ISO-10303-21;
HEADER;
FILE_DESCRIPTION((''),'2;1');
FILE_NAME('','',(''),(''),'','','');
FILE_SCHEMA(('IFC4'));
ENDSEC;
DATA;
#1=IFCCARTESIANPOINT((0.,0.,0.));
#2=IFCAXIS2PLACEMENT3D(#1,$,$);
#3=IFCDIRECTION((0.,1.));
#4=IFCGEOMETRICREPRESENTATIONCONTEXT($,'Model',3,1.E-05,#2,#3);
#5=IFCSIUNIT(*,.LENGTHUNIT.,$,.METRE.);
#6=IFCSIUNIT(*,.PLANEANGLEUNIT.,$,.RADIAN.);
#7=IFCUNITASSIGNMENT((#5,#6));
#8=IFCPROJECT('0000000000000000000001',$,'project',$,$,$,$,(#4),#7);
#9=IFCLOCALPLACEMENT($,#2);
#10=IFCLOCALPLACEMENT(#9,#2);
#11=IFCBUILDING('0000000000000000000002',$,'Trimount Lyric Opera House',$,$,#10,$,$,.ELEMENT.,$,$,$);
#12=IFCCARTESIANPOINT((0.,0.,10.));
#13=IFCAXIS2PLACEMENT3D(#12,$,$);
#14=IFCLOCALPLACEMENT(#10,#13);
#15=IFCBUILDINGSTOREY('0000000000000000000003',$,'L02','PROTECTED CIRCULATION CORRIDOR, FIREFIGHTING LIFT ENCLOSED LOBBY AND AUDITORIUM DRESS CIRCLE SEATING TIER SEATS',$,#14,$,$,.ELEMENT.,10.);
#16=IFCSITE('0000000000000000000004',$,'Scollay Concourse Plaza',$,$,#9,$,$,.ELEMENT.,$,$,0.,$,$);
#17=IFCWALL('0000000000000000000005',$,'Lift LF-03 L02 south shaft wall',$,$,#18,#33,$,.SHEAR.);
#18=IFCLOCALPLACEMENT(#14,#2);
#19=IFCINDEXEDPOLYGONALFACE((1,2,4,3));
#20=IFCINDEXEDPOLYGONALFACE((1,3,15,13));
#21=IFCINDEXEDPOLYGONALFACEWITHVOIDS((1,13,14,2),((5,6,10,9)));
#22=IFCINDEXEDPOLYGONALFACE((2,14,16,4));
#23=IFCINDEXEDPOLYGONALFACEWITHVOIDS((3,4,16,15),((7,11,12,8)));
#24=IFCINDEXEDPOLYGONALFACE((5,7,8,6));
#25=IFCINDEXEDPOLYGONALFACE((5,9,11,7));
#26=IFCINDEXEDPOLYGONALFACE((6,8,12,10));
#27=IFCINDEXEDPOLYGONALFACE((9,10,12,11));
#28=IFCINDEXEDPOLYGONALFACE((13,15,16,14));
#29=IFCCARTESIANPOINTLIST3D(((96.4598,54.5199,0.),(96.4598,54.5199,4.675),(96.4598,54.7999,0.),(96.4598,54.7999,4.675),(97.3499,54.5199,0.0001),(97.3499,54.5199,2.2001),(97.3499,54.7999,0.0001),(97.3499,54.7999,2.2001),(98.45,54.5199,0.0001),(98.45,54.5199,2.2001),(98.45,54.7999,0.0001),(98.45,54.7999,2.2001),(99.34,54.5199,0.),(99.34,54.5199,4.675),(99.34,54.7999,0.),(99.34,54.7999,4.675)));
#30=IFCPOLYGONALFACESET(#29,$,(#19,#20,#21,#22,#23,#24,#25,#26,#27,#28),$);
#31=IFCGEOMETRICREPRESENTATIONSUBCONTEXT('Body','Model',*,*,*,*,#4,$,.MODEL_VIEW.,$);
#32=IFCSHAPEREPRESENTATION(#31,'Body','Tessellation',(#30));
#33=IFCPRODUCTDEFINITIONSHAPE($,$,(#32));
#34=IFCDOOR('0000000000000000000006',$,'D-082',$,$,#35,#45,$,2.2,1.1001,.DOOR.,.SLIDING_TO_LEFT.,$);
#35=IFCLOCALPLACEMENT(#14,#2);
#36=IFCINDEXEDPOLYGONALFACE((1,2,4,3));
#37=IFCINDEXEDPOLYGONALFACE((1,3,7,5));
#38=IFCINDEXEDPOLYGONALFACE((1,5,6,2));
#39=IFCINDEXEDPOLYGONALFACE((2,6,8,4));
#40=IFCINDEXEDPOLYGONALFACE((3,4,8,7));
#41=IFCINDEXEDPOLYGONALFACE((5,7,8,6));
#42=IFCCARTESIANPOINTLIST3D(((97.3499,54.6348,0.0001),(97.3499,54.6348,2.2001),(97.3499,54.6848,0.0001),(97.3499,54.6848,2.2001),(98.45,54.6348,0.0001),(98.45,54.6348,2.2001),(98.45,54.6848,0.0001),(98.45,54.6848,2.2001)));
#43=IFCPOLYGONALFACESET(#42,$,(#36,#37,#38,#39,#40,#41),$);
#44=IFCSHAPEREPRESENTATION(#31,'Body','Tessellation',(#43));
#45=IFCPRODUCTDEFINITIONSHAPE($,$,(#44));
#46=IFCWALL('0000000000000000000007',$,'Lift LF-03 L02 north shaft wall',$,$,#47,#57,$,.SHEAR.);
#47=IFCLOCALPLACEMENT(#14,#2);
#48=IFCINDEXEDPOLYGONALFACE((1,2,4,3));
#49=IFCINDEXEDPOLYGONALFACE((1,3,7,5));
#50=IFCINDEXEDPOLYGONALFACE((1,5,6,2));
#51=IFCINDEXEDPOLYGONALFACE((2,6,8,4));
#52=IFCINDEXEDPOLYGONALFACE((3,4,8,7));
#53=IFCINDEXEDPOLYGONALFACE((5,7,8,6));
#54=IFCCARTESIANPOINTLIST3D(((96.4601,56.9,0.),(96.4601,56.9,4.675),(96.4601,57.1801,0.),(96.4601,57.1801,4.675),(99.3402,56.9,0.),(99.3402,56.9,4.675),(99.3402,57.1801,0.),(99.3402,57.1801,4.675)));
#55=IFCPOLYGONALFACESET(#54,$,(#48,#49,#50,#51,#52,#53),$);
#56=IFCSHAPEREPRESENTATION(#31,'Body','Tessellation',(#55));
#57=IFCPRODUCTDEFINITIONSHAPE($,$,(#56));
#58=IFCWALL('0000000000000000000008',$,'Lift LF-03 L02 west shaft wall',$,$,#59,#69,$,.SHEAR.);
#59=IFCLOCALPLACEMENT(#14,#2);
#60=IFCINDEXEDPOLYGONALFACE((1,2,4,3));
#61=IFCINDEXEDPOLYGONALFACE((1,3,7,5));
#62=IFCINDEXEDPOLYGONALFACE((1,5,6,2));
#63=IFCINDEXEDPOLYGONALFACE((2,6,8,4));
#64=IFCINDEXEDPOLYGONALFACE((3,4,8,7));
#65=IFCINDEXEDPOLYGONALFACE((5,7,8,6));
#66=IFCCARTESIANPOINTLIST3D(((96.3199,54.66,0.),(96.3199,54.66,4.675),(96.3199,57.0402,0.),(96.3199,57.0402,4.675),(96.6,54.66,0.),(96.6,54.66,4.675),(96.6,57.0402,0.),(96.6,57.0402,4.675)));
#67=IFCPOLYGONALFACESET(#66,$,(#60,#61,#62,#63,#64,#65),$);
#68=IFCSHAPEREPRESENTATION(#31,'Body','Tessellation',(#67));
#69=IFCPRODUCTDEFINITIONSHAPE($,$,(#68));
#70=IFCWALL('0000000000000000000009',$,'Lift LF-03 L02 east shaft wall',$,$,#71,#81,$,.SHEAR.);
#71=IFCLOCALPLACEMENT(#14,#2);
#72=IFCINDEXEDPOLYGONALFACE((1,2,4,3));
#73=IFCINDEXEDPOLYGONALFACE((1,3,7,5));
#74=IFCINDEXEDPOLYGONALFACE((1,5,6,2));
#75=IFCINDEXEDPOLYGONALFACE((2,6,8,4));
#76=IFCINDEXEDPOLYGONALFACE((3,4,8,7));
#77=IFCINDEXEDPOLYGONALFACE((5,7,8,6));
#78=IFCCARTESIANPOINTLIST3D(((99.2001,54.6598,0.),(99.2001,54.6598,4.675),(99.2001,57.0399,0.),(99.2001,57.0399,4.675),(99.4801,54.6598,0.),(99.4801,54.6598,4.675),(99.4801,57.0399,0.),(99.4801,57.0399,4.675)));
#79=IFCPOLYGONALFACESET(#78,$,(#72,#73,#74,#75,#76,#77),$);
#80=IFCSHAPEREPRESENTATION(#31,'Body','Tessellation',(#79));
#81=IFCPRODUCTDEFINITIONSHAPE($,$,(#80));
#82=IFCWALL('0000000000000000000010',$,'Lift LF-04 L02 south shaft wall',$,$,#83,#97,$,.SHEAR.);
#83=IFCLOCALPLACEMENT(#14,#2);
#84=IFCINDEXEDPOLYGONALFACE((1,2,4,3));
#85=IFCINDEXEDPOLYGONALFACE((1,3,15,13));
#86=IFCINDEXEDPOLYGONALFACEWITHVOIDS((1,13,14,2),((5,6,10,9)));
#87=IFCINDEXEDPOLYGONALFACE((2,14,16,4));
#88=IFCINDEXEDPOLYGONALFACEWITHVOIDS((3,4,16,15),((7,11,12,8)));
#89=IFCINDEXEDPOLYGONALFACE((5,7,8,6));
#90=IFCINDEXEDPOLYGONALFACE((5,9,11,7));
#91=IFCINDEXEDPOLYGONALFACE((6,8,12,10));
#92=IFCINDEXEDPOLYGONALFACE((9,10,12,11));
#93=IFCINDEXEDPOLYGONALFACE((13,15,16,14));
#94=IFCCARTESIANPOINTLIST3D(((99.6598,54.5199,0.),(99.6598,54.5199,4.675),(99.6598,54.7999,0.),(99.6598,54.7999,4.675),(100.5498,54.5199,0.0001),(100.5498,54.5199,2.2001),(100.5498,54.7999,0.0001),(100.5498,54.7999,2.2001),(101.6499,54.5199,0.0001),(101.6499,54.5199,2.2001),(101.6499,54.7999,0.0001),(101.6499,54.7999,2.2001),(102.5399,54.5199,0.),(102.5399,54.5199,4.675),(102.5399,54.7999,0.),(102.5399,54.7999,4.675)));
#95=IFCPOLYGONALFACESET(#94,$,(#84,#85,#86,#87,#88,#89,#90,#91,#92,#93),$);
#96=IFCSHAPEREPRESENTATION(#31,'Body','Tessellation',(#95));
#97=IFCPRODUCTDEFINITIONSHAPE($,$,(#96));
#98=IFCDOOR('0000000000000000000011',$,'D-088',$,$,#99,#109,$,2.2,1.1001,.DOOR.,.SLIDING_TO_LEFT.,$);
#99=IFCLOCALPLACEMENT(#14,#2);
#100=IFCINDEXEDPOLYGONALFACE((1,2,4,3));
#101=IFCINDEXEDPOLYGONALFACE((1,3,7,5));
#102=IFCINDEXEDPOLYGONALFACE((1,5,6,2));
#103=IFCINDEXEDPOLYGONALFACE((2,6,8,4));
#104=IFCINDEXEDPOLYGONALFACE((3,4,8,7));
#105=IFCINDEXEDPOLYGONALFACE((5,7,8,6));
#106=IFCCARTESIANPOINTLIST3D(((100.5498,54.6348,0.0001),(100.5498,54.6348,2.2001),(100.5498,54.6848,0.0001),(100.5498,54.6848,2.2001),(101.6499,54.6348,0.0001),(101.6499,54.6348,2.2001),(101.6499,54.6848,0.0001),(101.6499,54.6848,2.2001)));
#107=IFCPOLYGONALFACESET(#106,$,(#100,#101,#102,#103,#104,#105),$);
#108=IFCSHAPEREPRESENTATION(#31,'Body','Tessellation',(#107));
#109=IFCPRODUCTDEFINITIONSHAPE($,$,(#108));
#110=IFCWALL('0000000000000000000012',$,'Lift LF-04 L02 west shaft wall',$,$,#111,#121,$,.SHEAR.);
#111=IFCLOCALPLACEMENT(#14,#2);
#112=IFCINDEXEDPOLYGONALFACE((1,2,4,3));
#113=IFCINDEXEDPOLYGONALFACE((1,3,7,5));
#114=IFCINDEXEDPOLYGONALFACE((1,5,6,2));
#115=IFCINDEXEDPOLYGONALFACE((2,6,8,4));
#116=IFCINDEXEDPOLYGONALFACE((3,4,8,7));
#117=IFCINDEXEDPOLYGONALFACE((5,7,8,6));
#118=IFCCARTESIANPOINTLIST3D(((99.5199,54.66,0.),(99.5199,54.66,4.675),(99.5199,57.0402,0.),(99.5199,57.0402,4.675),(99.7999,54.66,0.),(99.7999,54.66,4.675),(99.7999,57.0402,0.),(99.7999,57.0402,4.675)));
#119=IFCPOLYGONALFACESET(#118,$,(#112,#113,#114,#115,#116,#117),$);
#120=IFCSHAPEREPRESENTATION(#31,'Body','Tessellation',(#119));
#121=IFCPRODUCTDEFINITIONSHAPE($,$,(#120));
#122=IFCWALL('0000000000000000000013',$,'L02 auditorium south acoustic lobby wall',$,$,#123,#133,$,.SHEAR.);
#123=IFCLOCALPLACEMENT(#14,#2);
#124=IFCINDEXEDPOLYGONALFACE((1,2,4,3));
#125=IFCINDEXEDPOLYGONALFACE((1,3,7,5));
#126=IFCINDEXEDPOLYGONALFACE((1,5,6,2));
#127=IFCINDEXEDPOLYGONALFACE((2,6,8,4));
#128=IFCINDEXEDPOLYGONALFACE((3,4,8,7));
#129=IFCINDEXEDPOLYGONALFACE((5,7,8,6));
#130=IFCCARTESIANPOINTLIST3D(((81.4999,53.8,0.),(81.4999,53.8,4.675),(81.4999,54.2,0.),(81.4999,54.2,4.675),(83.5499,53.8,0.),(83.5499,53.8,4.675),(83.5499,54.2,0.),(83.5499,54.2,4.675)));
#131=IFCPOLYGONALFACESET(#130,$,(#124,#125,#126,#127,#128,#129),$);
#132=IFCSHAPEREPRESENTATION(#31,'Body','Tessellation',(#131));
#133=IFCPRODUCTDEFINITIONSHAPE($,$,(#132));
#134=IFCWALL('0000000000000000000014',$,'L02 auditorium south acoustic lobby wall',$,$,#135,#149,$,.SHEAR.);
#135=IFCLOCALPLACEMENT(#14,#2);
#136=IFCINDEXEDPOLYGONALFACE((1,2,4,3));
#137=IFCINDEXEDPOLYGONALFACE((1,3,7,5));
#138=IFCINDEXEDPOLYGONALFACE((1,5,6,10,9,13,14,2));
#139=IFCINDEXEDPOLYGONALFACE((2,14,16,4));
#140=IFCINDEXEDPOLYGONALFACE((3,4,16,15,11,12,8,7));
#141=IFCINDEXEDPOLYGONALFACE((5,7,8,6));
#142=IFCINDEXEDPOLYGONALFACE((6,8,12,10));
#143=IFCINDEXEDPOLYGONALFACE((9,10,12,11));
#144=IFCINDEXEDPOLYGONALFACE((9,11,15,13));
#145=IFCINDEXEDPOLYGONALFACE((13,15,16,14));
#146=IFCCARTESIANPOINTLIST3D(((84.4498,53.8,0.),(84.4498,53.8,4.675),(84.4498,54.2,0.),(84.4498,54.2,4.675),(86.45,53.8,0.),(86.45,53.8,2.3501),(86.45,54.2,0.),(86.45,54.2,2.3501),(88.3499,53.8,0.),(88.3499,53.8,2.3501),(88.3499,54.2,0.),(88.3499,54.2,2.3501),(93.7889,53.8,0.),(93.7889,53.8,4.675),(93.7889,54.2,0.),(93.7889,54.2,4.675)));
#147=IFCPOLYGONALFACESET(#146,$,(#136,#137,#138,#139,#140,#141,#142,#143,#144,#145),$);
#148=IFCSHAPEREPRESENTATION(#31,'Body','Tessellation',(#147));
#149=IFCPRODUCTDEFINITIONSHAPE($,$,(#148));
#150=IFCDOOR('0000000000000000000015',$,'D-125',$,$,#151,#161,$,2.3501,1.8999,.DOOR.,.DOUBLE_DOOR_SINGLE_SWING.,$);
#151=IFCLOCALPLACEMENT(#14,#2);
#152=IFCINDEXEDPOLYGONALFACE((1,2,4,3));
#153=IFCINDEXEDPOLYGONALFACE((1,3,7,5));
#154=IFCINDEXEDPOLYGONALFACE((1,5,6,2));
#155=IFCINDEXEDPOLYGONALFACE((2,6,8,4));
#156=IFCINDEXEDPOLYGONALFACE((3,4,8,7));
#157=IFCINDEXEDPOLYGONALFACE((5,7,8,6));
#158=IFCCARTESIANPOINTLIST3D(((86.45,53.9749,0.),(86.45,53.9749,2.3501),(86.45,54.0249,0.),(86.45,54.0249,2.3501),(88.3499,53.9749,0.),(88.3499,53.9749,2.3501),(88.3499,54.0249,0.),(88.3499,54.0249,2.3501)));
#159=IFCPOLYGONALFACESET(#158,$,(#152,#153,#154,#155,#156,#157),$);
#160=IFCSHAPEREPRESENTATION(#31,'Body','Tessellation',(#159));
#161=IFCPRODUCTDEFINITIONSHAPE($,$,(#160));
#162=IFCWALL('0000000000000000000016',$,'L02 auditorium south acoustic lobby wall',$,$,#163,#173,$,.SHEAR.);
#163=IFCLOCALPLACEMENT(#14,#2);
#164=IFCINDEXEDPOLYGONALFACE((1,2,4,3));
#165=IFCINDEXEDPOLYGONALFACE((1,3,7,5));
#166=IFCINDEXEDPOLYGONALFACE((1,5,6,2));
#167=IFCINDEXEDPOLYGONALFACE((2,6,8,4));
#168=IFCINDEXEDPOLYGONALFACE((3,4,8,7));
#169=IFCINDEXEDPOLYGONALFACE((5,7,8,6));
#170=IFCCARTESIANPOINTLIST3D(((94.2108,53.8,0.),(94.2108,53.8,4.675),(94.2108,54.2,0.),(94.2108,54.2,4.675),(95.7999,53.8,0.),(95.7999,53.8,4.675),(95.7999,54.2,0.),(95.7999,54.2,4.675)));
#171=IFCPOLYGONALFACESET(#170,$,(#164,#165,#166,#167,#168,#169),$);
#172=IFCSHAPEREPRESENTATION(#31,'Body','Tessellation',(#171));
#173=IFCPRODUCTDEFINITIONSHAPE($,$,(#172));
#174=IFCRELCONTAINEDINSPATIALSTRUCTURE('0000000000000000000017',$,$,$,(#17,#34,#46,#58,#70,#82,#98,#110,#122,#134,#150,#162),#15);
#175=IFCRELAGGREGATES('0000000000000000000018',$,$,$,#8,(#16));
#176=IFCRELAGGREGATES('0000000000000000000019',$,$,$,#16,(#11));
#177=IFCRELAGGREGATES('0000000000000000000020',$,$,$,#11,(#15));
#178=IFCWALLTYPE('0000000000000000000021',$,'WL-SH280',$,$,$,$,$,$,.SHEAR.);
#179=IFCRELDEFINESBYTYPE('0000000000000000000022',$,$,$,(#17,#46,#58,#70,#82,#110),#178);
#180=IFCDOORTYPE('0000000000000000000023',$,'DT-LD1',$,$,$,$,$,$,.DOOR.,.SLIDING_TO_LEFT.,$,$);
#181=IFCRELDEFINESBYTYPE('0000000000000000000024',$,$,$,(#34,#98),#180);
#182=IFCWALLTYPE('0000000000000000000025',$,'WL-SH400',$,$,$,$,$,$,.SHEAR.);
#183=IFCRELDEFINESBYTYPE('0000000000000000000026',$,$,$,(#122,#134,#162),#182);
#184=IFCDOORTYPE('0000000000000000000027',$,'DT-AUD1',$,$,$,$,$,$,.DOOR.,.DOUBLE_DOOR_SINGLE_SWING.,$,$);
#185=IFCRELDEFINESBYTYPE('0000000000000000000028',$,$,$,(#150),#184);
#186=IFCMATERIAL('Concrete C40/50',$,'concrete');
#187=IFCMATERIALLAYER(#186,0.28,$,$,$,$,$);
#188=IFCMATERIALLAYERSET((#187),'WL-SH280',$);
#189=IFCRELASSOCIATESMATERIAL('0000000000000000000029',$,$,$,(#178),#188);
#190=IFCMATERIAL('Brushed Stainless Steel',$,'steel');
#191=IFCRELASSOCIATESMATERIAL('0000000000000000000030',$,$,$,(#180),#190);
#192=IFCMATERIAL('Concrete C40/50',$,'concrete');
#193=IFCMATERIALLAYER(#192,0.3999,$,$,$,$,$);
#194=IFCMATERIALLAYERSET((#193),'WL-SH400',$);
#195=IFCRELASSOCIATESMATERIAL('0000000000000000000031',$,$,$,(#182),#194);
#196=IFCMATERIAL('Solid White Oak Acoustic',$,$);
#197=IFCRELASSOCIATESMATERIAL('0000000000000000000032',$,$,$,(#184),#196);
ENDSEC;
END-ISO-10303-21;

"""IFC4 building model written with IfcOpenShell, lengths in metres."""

from ifc_helpers import new_model, si_unit, direction, frame, frame_2d, origin, place, context, subcontext, project, spatial, rectangle, extrude, material, layer, layer_set, type_object, element, fill, save


model = new_model("IFC4")

# Units and contexts
model_context = context("Model", 3, precision=1e-05, world=origin(), true_north=direction((0.0, 1.0)))
body_context = subcontext(model_context, "Body", "Model", "MODEL_VIEW")
ifc_project = project(units=[si_unit("LENGTHUNIT", "METRE"), si_unit("PLANEANGLEUNIT", "RADIAN")], contexts=[model_context])

# Site, building, storey
site_placement = place(None, origin())
site = spatial("IfcSite", under=ifc_project, at=site_placement, Name="Scollay Concourse Plaza", CompositionType="ELEMENT", RefElevation=0.0)
building_placement = place(site_placement, origin())
building = spatial("IfcBuilding", under=site, at=building_placement, Name="Trimount Lyric Opera House", CompositionType="ELEMENT")
storey_placement = place(building_placement, frame((0.0, 0.0, 10.0)))
storey = spatial("IfcBuildingStorey", under=building, at=storey_placement, Name="L02", Description="PROTECTED CIRCULATION CORRIDOR, FIREFIGHTING LIFT ENCLOSED LOBBY AND AUDITORIUM DRESS CIRCLE SEATING TIER SEATS", CompositionType="ELEMENT", Elevation=10.0)

# Shared definitions
ifc_material_1 = material(Name="Concrete C40/50", Category="concrete")
ifc_layer_1 = layer(ifc_material_1, 0.28)
ifc_layer_set_1 = layer_set([ifc_layer_1], Name="WL-SH280")
wall_type_1 = type_object("IfcWallType", Name="WL-SH280", PredefinedType="SHEAR", material=ifc_layer_set_1)

# Shared definitions
ifc_material_2 = material(Name="Brushed Stainless Steel", Category="steel")
door_type_1 = type_object("IfcDoorType", Name="DT-LD1", OperationType="SLIDING_TO_LEFT", PredefinedType="DOOR", material=ifc_material_2)

# Wall, opening, door
wall_1_placement = place(storey_placement, frame((96.46, 54.6599, 0.0), z_axis=(0.0, 0.0, 1.0), x_axis=(1.0, 0.0, 0.0)))
wall_1 = element("IfcWall", 1, at=wall_1_placement, inside=storey, type_object=wall_type_1, Name="Lift LF-03 L02 south shaft wall", PredefinedType="SHEAR", context=body_context, shape_type="SweptSolid", body=[
    extrude(rectangle(XDim=2.8801, YDim=0.28, at=frame_2d((1.4399, 0.0))), origin(), (0.0, 0.0, 1.0), 4.675),
])
opening_1_placement = place(wall_1_placement, frame((0.8899, 0.0, 0.0)))
opening_1 = element("IfcOpeningElement", 2, at=opening_1_placement, cuts=wall_1, PredefinedType="OPENING", context=body_context, shape_type="SweptSolid", body=[
    extrude(rectangle(XDim=1.1001, YDim=2.2, at=frame_2d((0.55, 1.1001))), frame((0.0, 0.1499, 0.0), z_axis=(0.0, -1.0, 0.0), x_axis=(1.0, 0.0, 0.0)), (0.0, 0.0, 1.0), 0.3),
])
door_1_placement = place(opening_1_placement, origin())
door_1 = element("IfcDoor", 3, at=door_1_placement, inside=storey, type_object=door_type_1, Name="D-082", OperationType="SLIDING_TO_LEFT", OverallHeight=2.2, OverallWidth=1.1001, PredefinedType="DOOR", context=body_context, shape_type="SweptSolid", body=[
    extrude(rectangle(XDim=1.1001, YDim=2.2, at=frame_2d((0.55, 1.1001))), frame((0.0, 0.0249, 0.0), z_axis=(0.0, -1.0, 0.0), x_axis=(1.0, 0.0, 0.0)), (0.0, 0.0, 1.0), 0.05),
])
fill(opening_1, door_1)

# Walls
wall_2_placement = place(storey_placement, frame((99.3401, 57.04, 0.0), z_axis=(0.0, 0.0, 1.0), x_axis=(-1.0, 0.0, 0.0)))
element("IfcWall", 4, at=wall_2_placement, inside=storey, type_object=wall_type_1, Name="Lift LF-03 L02 north shaft wall", PredefinedType="SHEAR", context=body_context, shape_type="SweptSolid", body=[
    extrude(rectangle(XDim=2.8801, YDim=0.28, at=frame_2d((1.4399, 0.0))), origin(), (0.0, 0.0, 1.0), 4.675),
])
for number, where, z_axis, x_axis, name in (
    (5, (96.46, 57.04, 0.0), (0.0, 0.0, 1.0), (0.0, -1.0, 0.0), "Lift LF-03 L02 west shaft wall"),
    (6, (99.3401, 54.6599, 0.0), (0.0, 0.0, 1.0), (0.0, 1.0, 0.0), "Lift LF-03 L02 east shaft wall"),
):
    element("IfcWall", number, at=place(storey_placement, frame(where, z_axis=z_axis, x_axis=x_axis)), inside=storey, type_object=wall_type_1, Name=name, PredefinedType="SHEAR", context=body_context, shape_type="SweptSolid", body=[
        extrude(rectangle(XDim=2.3801, YDim=0.28, at=frame_2d((1.1899, 0.0))), origin(), (0.0, 0.0, 1.0), 4.675),
    ])

# Wall, opening, door
wall_3_placement = place(storey_placement, frame((99.6599, 54.6599, 0.0), z_axis=(0.0, 0.0, 1.0), x_axis=(1.0, 0.0, 0.0)))
wall_3 = element("IfcWall", 7, at=wall_3_placement, inside=storey, type_object=wall_type_1, Name="Lift LF-04 L02 south shaft wall", PredefinedType="SHEAR", context=body_context, shape_type="SweptSolid", body=[
    extrude(rectangle(XDim=2.8801, YDim=0.28, at=frame_2d((1.4399, 0.0))), origin(), (0.0, 0.0, 1.0), 4.675),
])
opening_2_placement = place(wall_3_placement, frame((0.8899, 0.0, 0.0)))
opening_2 = element("IfcOpeningElement", 8, at=opening_2_placement, cuts=wall_3, PredefinedType="OPENING", context=body_context, shape_type="SweptSolid", body=[
    extrude(rectangle(XDim=1.1001, YDim=2.2, at=frame_2d((0.55, 1.1001))), frame((0.0, 0.1499, 0.0), z_axis=(0.0, -1.0, 0.0), x_axis=(1.0, 0.0, 0.0)), (0.0, 0.0, 1.0), 0.3),
])
door_2_placement = place(opening_2_placement, origin())
door_2 = element("IfcDoor", 9, at=door_2_placement, inside=storey, type_object=door_type_1, Name="D-088", OperationType="SLIDING_TO_LEFT", OverallHeight=2.2, OverallWidth=1.1001, PredefinedType="DOOR", context=body_context, shape_type="SweptSolid", body=[
    extrude(rectangle(XDim=1.1001, YDim=2.2, at=frame_2d((0.55, 1.1001))), frame((0.0, 0.0249, 0.0), z_axis=(0.0, -1.0, 0.0), x_axis=(1.0, 0.0, 0.0)), (0.0, 0.0, 1.0), 0.05),
])
fill(opening_2, door_2)

# Walls
wall_4_placement = place(storey_placement, frame((99.6599, 57.04, 0.0), z_axis=(0.0, 0.0, 1.0), x_axis=(0.0, -1.0, 0.0)))
element("IfcWall", 10, at=wall_4_placement, inside=storey, type_object=wall_type_1, Name="Lift LF-04 L02 west shaft wall", PredefinedType="SHEAR", context=body_context, shape_type="SweptSolid", body=[
    extrude(rectangle(XDim=2.3801, YDim=0.28, at=frame_2d((1.1899, 0.0))), origin(), (0.0, 0.0, 1.0), 4.675),
])
ifc_material_3 = material(Name="Concrete C40/50", Category="concrete")
ifc_layer_2 = layer(ifc_material_3, 0.3999)
ifc_layer_set_2 = layer_set([ifc_layer_2], Name="WL-SH400")
wall_type_2 = type_object("IfcWallType", Name="WL-SH400", PredefinedType="SHEAR", material=ifc_layer_set_2)
wall_5_placement = place(storey_placement, frame((81.5, 54.0, 0.0), z_axis=(0.0, 0.0, 1.0), x_axis=(1.0, 0.0, 0.0)))
element("IfcWall", 11, at=wall_5_placement, inside=storey, type_object=wall_type_2, Name="L02 auditorium south acoustic lobby wall", PredefinedType="SHEAR", context=body_context, shape_type="SweptSolid", body=[
    extrude(rectangle(XDim=2.05, YDim=0.3999, at=frame_2d((1.0249, 0.0))), origin(), (0.0, 0.0, 1.0), 4.675),
])

# Wall, opening, door
wall_6_placement = place(storey_placement, frame((84.45, 54.0, 0.0), z_axis=(0.0, 0.0, 1.0), x_axis=(1.0, 0.0, 0.0)))
wall_6 = element("IfcWall", 12, at=wall_6_placement, inside=storey, type_object=wall_type_2, Name="L02 auditorium south acoustic lobby wall", PredefinedType="SHEAR", context=body_context, shape_type="SweptSolid", body=[
    extrude(rectangle(XDim=9.3391, YDim=0.3999, at=frame_2d((4.6694, 0.0))), origin(), (0.0, 0.0, 1.0), 4.675),
])
opening_3_placement = place(wall_6_placement, frame((2.0, 0.0, 0.0)))
opening_3 = element("IfcOpeningElement", 13, at=opening_3_placement, cuts=wall_6, PredefinedType="OPENING", context=body_context, shape_type="SweptSolid", body=[
    extrude(rectangle(XDim=1.8999, YDim=2.3501, at=frame_2d((0.95, 1.175))), frame((0.0, 0.21, 0.0), z_axis=(0.0, -1.0, 0.0), x_axis=(1.0, 0.0, 0.0)), (0.0, 0.0, 1.0), 0.4199),
])
ifc_material_4 = material(Name="Solid White Oak Acoustic")
door_type_2 = type_object("IfcDoorType", Name="DT-AUD1", OperationType="DOUBLE_DOOR_SINGLE_SWING", PredefinedType="DOOR", material=ifc_material_4)
door_3_placement = place(opening_3_placement, origin())
door_3 = element("IfcDoor", 14, at=door_3_placement, inside=storey, type_object=door_type_2, Name="D-125", OperationType="DOUBLE_DOOR_SINGLE_SWING", OverallHeight=2.3501, OverallWidth=1.8999, PredefinedType="DOOR", context=body_context, shape_type="SweptSolid", body=[
    extrude(rectangle(XDim=1.8999, YDim=2.3501, at=frame_2d((0.95, 1.175))), frame((0.0, 0.0249, 0.0), z_axis=(0.0, -1.0, 0.0), x_axis=(1.0, 0.0, 0.0)), (0.0, 0.0, 1.0), 0.05),
])
fill(opening_3, door_3)

# Wall
wall_7_placement = place(storey_placement, frame((94.2109, 54.0, 0.0), z_axis=(0.0, 0.0, 1.0), x_axis=(1.0, 0.0, 0.0)))
element("IfcWall", 15, at=wall_7_placement, inside=storey, type_object=wall_type_2, Name="L02 auditorium south acoustic lobby wall", PredefinedType="SHEAR", context=body_context, shape_type="SweptSolid", body=[
    extrude(rectangle(XDim=1.5891, YDim=0.3999, at=frame_2d((0.7944, 0.0))), origin(), (0.0, 0.0, 1.0), 4.675),
])

save(model, "model.ifc")
